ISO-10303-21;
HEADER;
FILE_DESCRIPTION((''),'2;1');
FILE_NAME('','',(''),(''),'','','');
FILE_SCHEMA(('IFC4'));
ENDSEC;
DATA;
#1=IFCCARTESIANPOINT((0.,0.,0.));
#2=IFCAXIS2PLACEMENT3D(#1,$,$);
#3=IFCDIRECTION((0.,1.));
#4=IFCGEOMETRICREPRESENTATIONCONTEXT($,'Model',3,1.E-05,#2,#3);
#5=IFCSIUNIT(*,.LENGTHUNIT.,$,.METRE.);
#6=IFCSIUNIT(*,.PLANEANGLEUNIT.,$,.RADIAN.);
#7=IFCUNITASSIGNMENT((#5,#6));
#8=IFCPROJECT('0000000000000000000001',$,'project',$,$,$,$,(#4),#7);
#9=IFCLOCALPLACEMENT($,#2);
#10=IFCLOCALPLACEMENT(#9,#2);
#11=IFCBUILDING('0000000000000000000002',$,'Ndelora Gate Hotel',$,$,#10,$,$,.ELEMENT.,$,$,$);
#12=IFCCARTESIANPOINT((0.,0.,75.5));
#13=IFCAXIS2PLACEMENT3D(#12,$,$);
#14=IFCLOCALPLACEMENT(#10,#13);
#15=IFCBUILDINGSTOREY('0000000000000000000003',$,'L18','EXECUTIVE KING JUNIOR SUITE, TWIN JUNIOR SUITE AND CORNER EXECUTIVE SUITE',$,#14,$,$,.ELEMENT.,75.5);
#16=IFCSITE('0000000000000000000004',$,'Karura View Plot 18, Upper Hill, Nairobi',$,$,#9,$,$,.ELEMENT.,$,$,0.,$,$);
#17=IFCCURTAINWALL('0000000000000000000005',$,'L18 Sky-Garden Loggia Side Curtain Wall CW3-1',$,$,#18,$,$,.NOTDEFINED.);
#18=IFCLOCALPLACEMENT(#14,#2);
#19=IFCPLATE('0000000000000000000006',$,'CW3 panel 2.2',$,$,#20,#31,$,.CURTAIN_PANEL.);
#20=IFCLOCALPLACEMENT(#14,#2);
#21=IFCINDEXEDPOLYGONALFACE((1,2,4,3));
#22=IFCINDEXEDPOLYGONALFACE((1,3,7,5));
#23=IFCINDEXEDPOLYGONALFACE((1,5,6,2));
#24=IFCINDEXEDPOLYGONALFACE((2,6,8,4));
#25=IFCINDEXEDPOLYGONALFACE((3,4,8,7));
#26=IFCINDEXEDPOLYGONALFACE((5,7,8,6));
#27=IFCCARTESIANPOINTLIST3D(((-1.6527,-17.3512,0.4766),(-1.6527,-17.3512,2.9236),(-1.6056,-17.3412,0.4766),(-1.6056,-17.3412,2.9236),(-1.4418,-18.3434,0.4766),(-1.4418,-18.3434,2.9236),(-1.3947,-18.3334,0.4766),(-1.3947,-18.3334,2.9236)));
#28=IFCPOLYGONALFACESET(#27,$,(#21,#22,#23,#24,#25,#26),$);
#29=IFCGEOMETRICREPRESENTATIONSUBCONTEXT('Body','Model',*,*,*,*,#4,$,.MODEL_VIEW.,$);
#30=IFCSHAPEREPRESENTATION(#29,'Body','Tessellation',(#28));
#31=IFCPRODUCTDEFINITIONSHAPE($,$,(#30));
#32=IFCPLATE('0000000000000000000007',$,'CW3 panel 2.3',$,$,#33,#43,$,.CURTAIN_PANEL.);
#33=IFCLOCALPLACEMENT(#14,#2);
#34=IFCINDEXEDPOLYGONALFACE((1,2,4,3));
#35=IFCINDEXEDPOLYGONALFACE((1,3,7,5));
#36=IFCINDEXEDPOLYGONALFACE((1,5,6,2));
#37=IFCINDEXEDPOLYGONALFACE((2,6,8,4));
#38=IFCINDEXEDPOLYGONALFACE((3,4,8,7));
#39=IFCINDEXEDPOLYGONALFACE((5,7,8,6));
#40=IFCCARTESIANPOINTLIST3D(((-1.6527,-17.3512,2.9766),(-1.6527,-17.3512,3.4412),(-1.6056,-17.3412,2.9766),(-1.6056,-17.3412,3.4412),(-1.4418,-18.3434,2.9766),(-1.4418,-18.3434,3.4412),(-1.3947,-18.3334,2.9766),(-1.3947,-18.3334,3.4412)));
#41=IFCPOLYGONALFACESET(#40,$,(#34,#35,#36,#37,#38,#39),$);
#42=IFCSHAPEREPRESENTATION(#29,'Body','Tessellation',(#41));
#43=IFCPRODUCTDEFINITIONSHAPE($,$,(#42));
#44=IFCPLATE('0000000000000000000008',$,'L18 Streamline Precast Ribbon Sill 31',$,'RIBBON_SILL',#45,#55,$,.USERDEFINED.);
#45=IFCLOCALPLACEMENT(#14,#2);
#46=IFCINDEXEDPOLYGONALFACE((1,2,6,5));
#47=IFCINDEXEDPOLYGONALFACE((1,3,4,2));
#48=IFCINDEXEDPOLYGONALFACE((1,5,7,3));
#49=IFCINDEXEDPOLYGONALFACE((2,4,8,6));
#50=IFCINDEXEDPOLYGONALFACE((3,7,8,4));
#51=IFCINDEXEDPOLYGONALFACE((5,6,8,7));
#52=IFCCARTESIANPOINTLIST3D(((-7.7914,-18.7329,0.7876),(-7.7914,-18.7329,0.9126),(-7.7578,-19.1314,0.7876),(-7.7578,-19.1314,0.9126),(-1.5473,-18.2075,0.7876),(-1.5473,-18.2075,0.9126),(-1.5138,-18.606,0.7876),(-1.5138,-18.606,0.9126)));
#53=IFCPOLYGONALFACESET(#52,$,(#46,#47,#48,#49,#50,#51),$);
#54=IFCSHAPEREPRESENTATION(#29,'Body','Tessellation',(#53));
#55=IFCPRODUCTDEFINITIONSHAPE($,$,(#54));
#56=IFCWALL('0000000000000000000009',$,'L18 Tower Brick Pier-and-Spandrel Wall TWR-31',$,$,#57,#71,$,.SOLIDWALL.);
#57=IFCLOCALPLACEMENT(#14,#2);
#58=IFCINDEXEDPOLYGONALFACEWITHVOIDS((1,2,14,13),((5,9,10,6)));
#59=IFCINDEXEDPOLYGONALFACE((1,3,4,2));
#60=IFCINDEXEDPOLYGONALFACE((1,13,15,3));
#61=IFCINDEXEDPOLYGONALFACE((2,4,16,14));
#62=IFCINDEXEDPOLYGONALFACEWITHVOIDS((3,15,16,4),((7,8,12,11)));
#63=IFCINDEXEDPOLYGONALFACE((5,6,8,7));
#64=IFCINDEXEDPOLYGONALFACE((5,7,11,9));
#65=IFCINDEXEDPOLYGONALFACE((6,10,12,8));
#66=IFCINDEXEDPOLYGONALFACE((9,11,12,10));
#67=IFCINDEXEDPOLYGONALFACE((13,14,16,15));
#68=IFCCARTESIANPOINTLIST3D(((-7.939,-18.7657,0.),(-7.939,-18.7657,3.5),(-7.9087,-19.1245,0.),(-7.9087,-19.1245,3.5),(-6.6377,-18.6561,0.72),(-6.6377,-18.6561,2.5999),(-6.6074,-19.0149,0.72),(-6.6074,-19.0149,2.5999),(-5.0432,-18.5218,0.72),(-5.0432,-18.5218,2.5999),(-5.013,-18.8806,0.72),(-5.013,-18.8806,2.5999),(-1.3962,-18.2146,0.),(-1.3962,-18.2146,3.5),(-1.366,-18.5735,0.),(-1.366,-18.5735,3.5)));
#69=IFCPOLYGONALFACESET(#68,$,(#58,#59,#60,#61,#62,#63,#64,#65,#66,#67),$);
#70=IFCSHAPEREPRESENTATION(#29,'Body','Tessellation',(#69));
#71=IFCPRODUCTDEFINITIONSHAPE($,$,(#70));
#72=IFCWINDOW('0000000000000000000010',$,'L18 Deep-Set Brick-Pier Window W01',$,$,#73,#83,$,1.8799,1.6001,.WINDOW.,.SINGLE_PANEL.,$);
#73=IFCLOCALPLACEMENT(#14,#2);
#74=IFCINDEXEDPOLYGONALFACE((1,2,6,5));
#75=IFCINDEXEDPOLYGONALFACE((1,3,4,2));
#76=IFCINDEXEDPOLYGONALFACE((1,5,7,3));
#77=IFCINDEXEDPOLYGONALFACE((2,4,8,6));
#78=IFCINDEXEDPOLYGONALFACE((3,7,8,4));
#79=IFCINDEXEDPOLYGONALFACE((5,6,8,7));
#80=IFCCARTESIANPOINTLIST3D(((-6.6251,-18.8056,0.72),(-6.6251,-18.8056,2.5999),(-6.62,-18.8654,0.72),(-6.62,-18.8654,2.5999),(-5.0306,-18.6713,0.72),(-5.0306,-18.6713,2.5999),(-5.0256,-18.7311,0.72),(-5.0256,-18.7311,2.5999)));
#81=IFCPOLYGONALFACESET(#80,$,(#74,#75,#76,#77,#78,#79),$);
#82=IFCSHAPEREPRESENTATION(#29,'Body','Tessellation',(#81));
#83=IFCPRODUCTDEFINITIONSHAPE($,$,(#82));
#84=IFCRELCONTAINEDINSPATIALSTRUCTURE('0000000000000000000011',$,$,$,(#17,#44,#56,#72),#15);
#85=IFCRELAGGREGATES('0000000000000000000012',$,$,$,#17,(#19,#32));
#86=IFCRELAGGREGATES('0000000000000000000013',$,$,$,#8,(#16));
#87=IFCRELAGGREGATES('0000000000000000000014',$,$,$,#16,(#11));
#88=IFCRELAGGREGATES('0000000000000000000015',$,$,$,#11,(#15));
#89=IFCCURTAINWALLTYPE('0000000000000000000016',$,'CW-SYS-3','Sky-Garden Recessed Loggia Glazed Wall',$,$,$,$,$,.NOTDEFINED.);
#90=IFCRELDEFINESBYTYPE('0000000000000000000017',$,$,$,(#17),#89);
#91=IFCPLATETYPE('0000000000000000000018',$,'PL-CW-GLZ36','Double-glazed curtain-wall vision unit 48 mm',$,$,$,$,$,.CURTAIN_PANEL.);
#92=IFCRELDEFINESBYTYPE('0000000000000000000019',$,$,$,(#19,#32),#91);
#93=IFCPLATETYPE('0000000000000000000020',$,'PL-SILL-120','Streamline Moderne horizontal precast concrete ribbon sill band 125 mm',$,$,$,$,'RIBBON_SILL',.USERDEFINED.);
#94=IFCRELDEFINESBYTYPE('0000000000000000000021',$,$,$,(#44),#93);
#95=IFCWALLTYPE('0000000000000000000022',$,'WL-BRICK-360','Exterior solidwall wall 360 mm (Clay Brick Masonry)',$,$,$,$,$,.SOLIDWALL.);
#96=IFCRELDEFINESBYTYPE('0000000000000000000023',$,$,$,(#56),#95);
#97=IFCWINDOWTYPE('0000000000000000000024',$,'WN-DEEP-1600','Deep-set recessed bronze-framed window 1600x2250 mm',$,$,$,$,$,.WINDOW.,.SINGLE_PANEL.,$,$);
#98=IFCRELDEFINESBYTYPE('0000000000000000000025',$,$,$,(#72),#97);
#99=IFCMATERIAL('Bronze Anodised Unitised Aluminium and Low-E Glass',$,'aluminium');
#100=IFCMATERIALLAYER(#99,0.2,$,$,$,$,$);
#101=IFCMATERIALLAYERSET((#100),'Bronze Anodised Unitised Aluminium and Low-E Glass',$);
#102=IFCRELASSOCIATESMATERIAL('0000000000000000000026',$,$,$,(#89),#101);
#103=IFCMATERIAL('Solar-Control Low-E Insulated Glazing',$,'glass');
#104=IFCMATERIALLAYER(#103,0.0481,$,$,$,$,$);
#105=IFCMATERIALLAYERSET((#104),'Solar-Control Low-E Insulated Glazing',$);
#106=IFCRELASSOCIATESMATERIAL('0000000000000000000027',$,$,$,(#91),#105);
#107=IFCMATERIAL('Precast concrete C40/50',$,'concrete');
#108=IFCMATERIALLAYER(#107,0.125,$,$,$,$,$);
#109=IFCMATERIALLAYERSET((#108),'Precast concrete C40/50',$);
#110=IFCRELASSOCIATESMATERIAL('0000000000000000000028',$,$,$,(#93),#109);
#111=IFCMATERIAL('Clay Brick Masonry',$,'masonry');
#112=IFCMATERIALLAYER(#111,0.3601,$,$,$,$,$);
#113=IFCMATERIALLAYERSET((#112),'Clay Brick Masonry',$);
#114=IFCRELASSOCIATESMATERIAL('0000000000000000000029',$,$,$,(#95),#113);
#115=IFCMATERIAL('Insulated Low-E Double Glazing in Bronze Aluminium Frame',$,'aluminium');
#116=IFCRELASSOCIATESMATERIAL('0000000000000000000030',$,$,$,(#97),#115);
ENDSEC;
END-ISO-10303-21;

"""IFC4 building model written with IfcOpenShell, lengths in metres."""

from ifc_helpers import new_model, si_unit, direction, frame, frame_2d, origin, origin_2d, place, context, subcontext, project, spatial, rectangle, extrude, material, layer, layer_set, type_object, element, fill, aggregate, save


model = new_model("IFC4")

# Units and contexts
model_context = context("Model", 3, precision=1e-05, world=origin(), true_north=direction((0.0, 1.0)))
body_context = subcontext(model_context, "Body", "Model", "MODEL_VIEW")
ifc_project = project(units=[si_unit("LENGTHUNIT", "METRE"), si_unit("PLANEANGLEUNIT", "RADIAN")], contexts=[model_context])

# Site, building, storey
site_placement = place(None, origin())
site = spatial("IfcSite", under=ifc_project, at=site_placement, Name="Karura View Plot 18, Upper Hill, Nairobi", CompositionType="ELEMENT", RefElevation=0.0)
building_placement = place(site_placement, origin())
building = spatial("IfcBuilding", under=site, at=building_placement, Name="Ndelora Gate Hotel", CompositionType="ELEMENT")
storey_placement = place(building_placement, frame((0.0, 0.0, 75.5)))
storey = spatial("IfcBuildingStorey", under=building, at=storey_placement, Name="L18", Description="EXECUTIVE KING JUNIOR SUITE, TWIN JUNIOR SUITE AND CORNER EXECUTIVE SUITE", CompositionType="ELEMENT", Elevation=75.5)

# Curtain wall, plates
ifc_material_1 = material(Name="Bronze Anodised Unitised Aluminium and Low-E Glass", Category="aluminium")
ifc_layer_1 = layer(ifc_material_1, 0.2)
ifc_layer_set_1 = layer_set([ifc_layer_1], Name="Bronze Anodised Unitised Aluminium and Low-E Glass")
curtain_wall_type = type_object("IfcCurtainWallType", Name="CW-SYS-3", Description="Sky-Garden Recessed Loggia Glazed Wall", PredefinedType="NOTDEFINED", material=ifc_layer_set_1)
curtain_wall_placement = place(storey_placement, origin())
curtain_wall = element("IfcCurtainWall", 1, at=curtain_wall_placement, inside=storey, type_object=curtain_wall_type, Name="L18 Sky-Garden Loggia Side Curtain Wall CW3-1", PredefinedType="NOTDEFINED")
ifc_material_2 = material(Name="Solar-Control Low-E Insulated Glazing", Category="glass")
ifc_layer_2 = layer(ifc_material_2, 0.0481)
ifc_layer_set_2 = layer_set([ifc_layer_2], Name="Solar-Control Low-E Insulated Glazing")
plate_type_1 = type_object("IfcPlateType", Name="PL-CW-GLZ36", Description="Double-glazed curtain-wall vision unit 48 mm", PredefinedType="CURTAIN_PANEL", material=ifc_layer_set_2)
plate_1_placement = place(storey_placement, frame((-1.5237, -17.8423, 0.4766), z_axis=(0.0, 0.0, 1.0), x_axis=(0.207911, -0.978148, 0.0)))
plate_1 = element("IfcPlate", 2, at=plate_1_placement, type_object=plate_type_1, Name="CW3 panel 2.2", PredefinedType="CURTAIN_PANEL", context=body_context, shape_type="SweptSolid", body=[
    extrude(rectangle(XDim=1.0144, YDim=0.0481, at=origin_2d()), origin(), (0.0, 0.0, 1.0), 2.447),
])
plate_2_placement = place(storey_placement, frame((-1.5237, -17.8423, 2.9766), z_axis=(0.0, 0.0, 1.0), x_axis=(0.207911, -0.978148, 0.0)))
plate_2 = element("IfcPlate", 3, at=plate_2_placement, type_object=plate_type_1, Name="CW3 panel 2.3", PredefinedType="CURTAIN_PANEL", context=body_context, shape_type="SweptSolid", body=[
    extrude(rectangle(XDim=1.0144, YDim=0.0481, at=origin_2d()), origin(), (0.0, 0.0, 1.0), 0.4646),
])
aggregate(curtain_wall, [plate_1, plate_2])

# Plate
ifc_material_3 = material(Name="Precast concrete C40/50", Category="concrete")
ifc_layer_3 = layer(ifc_material_3, 0.125)
ifc_layer_set_3 = layer_set([ifc_layer_3], Name="Precast concrete C40/50")
plate_type_2 = type_object("IfcPlateType", Name="PL-SILL-120", Description="Streamline Moderne horizontal precast concrete ribbon sill band 125 mm", ElementType="RIBBON_SILL", PredefinedType="USERDEFINED", material=ifc_layer_set_3)
plate_3_placement = place(storey_placement, frame((-4.6526, -18.6694, 0.7876), z_axis=(0.0, 0.0, 1.0), x_axis=(0.996478, 0.083852, 0.0)))
element("IfcPlate", 4, at=plate_3_placement, inside=storey, type_object=plate_type_2, Name="L18 Streamline Precast Ribbon Sill 31", ObjectType="RIBBON_SILL", PredefinedType="USERDEFINED", context=body_context, shape_type="SweptSolid", body=[
    extrude(rectangle(XDim=6.2661, YDim=0.3999, at=origin_2d()), origin(), (0.0, 0.0, 1.0), 0.125),
])

# Wall, opening, window
ifc_material_4 = material(Name="Clay Brick Masonry", Category="masonry")
ifc_layer_4 = layer(ifc_material_4, 0.3601)
ifc_layer_set_4 = layer_set([ifc_layer_4], Name="Clay Brick Masonry")
wall_type = type_object("IfcWallType", Name="WL-BRICK-360", Description="Exterior solidwall wall 360 mm (Clay Brick Masonry)", PredefinedType="SOLIDWALL", material=ifc_layer_set_4)
wall_placement = place(storey_placement, frame((-1.3811, -18.394, 0.0), z_axis=(0.0, 0.0, 1.0), x_axis=(-0.996472, -0.083922, 0.0)))
wall = element("IfcWall", 5, at=wall_placement, inside=storey, type_object=wall_type, Name="L18 Tower Brick Pier-and-Spandrel Wall TWR-31", PredefinedType="SOLIDWALL", context=body_context, shape_type="SweptSolid", body=[
    extrude(rectangle(XDim=6.5659, YDim=0.3601, at=frame_2d((3.283, 0.0))), origin(), (0.0, 0.0, 1.0), 3.5),
])
opening_placement = place(wall_placement, frame((3.6599, 0.0, 0.72)))
opening = element("IfcOpeningElement", 6, at=opening_placement, cuts=wall, PredefinedType="OPENING", context=body_context, shape_type="SweptSolid", body=[
    extrude(rectangle(XDim=1.6001, YDim=1.8799, at=frame_2d((0.8, 0.9399))), frame((0.0, 0.1899, 0.0), z_axis=(0.0, -1.0, 0.0), x_axis=(1.0, 0.0, 0.0)), (0.0, 0.0, 1.0), 0.3801),
])
ifc_material_5 = material(Name="Insulated Low-E Double Glazing in Bronze Aluminium Frame", Category="aluminium")
window_type = type_object("IfcWindowType", Name="WN-DEEP-1600", Description="Deep-set recessed bronze-framed window 1600x2250 mm", PartitioningType="SINGLE_PANEL", PredefinedType="WINDOW", material=ifc_material_5)
window_placement = place(opening_placement, origin())
window = element("IfcWindow", 7, at=window_placement, inside=storey, type_object=window_type, Name="L18 Deep-Set Brick-Pier Window W01", OverallHeight=1.8799, OverallWidth=1.6001, PartitioningType="SINGLE_PANEL", PredefinedType="WINDOW", context=body_context, shape_type="SweptSolid", body=[
    extrude(rectangle(XDim=1.6001, YDim=1.8799, at=frame_2d((0.8, 0.9399))), frame((0.0, 0.03, 0.0), z_axis=(0.0, -1.0, 0.0), x_axis=(1.0, 0.0, 0.0)), (0.0, 0.0, 1.0), 0.0601),
])
fill(opening, window)

save(model, "model.ifc")
